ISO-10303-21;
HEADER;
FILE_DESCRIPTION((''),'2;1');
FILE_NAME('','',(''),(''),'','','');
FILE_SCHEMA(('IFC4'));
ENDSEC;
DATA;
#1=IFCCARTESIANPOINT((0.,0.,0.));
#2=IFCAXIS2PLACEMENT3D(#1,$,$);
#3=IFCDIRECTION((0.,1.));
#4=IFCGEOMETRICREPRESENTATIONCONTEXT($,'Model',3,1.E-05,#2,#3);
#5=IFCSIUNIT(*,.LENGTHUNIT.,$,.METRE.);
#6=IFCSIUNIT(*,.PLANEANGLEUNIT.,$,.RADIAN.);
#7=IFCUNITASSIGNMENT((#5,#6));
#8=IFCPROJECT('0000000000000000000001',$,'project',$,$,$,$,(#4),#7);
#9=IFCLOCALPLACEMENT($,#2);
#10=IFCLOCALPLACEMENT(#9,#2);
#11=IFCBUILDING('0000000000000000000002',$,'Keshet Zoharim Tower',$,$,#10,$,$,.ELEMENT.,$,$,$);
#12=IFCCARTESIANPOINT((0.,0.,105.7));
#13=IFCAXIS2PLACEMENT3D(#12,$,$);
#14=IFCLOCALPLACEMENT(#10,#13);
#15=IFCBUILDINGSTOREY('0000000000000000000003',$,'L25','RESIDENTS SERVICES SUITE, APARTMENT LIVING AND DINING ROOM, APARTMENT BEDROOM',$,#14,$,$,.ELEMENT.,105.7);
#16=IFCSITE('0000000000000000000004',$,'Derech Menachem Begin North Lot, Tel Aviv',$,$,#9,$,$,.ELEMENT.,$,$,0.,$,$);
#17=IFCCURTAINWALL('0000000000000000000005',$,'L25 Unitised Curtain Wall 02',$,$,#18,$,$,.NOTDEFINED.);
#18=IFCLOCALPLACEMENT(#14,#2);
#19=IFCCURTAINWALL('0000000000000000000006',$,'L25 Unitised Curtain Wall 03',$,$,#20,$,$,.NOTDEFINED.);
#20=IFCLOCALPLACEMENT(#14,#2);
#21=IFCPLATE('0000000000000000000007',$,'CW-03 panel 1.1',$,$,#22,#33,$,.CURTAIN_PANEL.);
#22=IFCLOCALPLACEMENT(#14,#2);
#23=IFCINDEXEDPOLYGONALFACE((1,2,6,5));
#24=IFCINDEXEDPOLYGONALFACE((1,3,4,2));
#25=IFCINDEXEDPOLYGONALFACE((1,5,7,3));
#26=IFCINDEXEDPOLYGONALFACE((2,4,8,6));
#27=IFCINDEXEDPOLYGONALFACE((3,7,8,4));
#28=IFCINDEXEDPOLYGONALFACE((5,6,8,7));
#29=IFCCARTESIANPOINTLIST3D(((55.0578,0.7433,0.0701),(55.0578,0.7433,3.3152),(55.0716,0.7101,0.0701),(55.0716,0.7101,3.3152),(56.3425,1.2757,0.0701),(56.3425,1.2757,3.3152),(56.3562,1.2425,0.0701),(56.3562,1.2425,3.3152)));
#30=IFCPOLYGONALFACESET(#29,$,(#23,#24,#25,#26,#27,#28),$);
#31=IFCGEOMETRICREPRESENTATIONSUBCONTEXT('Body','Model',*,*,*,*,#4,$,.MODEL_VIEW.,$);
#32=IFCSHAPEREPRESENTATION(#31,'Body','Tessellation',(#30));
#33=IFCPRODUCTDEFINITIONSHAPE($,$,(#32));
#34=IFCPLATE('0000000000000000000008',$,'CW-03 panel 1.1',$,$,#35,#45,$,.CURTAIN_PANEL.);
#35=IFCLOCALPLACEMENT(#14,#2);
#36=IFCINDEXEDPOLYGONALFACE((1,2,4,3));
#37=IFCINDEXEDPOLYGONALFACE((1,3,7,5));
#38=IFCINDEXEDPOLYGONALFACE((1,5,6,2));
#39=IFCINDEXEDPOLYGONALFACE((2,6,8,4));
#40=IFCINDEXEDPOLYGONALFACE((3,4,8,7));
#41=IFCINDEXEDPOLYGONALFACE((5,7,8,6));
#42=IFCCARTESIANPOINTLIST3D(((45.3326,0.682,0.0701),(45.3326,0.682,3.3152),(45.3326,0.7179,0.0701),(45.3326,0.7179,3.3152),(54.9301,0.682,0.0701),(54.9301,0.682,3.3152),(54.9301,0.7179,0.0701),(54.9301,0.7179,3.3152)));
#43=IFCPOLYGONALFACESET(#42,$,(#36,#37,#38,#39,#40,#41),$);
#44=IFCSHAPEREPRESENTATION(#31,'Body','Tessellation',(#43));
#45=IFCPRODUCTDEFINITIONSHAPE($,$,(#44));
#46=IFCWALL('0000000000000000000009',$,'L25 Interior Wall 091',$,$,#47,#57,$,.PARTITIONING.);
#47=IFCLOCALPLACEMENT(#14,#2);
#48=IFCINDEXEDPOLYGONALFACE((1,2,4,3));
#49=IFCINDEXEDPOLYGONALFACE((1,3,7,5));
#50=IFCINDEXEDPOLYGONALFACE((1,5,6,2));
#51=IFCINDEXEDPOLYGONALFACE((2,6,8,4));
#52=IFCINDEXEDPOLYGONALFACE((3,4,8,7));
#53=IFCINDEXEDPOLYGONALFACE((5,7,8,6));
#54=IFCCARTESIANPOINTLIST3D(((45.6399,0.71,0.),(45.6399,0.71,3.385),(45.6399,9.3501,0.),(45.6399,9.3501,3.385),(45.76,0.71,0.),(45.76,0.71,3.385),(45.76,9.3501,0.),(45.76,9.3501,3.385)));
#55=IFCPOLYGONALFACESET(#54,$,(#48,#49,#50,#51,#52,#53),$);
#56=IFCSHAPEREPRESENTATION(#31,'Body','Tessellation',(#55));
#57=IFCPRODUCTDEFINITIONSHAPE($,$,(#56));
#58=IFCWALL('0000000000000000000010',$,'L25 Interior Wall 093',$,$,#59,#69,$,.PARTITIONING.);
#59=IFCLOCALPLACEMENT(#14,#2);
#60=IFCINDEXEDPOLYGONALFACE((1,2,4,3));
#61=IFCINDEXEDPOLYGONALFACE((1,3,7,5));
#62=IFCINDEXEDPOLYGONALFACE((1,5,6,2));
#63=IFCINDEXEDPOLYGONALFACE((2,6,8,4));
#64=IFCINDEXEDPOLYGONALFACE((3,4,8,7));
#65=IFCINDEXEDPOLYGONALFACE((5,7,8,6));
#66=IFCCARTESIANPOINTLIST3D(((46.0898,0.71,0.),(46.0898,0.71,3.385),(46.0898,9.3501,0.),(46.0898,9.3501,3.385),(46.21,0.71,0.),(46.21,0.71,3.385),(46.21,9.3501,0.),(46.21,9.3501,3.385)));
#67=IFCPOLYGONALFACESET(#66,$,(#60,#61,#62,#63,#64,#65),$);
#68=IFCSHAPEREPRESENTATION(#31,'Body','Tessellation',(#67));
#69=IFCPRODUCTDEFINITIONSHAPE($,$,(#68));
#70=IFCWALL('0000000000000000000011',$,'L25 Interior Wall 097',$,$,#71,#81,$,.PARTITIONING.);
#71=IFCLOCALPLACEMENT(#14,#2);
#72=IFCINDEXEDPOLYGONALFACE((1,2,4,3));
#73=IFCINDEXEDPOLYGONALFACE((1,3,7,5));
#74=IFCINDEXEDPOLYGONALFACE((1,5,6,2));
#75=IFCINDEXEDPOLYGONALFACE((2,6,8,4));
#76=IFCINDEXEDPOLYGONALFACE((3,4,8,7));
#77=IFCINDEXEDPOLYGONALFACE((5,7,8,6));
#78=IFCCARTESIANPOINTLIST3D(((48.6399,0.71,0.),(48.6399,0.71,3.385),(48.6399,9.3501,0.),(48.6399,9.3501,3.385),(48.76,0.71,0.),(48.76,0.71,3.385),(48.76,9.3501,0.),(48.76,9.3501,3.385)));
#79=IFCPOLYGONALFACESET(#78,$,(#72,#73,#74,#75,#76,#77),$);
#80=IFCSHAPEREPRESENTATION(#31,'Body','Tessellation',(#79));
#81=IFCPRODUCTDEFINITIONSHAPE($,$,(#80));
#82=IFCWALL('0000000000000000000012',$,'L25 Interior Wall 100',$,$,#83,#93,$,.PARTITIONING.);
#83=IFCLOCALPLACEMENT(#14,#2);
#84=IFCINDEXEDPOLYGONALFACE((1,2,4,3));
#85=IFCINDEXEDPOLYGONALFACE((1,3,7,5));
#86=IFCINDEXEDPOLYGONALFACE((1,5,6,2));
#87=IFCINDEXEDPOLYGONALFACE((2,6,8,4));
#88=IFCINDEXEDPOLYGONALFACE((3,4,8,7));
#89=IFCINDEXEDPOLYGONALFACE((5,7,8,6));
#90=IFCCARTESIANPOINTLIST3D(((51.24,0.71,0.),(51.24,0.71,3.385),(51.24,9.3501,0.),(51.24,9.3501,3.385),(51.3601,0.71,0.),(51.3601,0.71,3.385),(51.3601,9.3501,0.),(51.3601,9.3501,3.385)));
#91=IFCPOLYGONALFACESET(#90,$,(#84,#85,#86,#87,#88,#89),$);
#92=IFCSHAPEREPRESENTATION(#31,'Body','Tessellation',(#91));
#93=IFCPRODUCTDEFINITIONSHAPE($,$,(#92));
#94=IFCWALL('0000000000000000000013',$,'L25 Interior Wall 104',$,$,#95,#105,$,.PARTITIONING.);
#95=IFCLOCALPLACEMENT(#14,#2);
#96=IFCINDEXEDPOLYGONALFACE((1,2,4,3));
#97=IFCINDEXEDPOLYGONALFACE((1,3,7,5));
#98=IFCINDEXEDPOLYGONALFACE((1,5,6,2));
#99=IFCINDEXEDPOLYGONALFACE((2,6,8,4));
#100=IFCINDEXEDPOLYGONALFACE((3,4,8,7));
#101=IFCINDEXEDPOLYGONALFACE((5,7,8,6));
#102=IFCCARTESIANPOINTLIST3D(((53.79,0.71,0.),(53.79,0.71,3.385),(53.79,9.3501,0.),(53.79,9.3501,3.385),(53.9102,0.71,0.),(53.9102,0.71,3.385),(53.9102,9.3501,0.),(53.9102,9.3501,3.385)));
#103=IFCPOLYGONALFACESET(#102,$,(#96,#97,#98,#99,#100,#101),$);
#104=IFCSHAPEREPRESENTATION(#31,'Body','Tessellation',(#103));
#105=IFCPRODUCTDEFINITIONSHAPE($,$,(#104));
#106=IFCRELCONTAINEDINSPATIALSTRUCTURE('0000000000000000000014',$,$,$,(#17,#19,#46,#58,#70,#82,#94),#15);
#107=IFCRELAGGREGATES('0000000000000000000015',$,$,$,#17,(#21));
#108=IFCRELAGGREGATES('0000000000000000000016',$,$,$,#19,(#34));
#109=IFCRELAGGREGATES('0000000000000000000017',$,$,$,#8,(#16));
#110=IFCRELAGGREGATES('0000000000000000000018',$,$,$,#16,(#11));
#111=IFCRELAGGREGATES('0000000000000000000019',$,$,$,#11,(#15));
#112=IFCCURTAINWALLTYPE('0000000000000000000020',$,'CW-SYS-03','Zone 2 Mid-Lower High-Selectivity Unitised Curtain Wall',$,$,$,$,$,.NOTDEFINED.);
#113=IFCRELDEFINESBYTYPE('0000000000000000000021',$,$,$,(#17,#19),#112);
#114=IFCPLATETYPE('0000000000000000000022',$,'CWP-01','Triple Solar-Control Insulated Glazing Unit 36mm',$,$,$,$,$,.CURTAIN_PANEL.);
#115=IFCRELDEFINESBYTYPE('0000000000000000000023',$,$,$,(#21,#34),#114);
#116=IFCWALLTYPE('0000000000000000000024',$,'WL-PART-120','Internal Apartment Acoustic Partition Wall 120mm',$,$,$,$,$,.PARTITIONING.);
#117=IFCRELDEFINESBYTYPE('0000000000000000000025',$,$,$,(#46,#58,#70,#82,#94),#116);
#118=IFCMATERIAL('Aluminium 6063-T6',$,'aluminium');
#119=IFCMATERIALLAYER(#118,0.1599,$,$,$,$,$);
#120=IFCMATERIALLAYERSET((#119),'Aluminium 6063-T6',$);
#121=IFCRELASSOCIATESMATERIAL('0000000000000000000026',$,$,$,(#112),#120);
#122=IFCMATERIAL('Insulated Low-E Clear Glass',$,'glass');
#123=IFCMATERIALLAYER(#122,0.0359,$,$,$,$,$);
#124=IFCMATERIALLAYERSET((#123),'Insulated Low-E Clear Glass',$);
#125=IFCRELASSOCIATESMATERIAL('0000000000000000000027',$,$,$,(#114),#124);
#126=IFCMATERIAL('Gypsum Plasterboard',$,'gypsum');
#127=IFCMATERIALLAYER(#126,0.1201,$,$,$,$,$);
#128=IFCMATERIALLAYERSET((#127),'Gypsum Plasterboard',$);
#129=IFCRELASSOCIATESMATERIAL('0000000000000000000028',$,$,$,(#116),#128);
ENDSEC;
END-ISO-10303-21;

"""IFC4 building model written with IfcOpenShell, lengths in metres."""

from ifc_helpers import new_model, si_unit, direction, frame, frame_2d, origin, origin_2d, place, context, subcontext, project, spatial, rectangle, extrude, material, layer, layer_set, type_object, element, aggregate, save


model = new_model("IFC4")

# Units and contexts
model_context = context("Model", 3, precision=1e-05, world=origin(), true_north=direction((0.0, 1.0)))
body_context = subcontext(model_context, "Body", "Model", "MODEL_VIEW")
ifc_project = project(units=[si_unit("LENGTHUNIT", "METRE"), si_unit("PLANEANGLEUNIT", "RADIAN")], contexts=[model_context])

# Site, building, storey
site_placement = place(None, origin())
site = spatial("IfcSite", under=ifc_project, at=site_placement, Name="Derech Menachem Begin North Lot, Tel Aviv", CompositionType="ELEMENT", RefElevation=0.0)
building_placement = place(site_placement, origin())
building = spatial("IfcBuilding", under=site, at=building_placement, Name="Keshet Zoharim Tower", CompositionType="ELEMENT")
storey_placement = place(building_placement, frame((0.0, 0.0, 105.7)))
storey = spatial("IfcBuildingStorey", under=building, at=storey_placement, Name="L25", Description="RESIDENTS SERVICES SUITE, APARTMENT LIVING AND DINING ROOM, APARTMENT BEDROOM", CompositionType="ELEMENT", Elevation=105.7)

# Curtain walls
ifc_material_1 = material(Name="Aluminium 6063-T6", Category="aluminium")
ifc_layer_1 = layer(ifc_material_1, 0.1599)
ifc_layer_set_1 = layer_set([ifc_layer_1], Name="Aluminium 6063-T6")
curtain_wall_type = type_object("IfcCurtainWallType", Name="CW-SYS-03", Description="Zone 2 Mid-Lower High-Selectivity Unitised Curtain Wall", PredefinedType="NOTDEFINED", material=ifc_layer_set_1)
curtain_wall_1_placement = place(storey_placement, origin())
curtain_wall_1 = element("IfcCurtainWall", 1, at=curtain_wall_1_placement, inside=storey, type_object=curtain_wall_type, Name="L25 Unitised Curtain Wall 02", PredefinedType="NOTDEFINED")
curtain_wall_2_placement = place(storey_placement, origin())
curtain_wall_2 = element("IfcCurtainWall", 2, at=curtain_wall_2_placement, inside=storey, type_object=curtain_wall_type, Name="L25 Unitised Curtain Wall 03", PredefinedType="NOTDEFINED")

# Plates
ifc_material_2 = material(Name="Insulated Low-E Clear Glass", Category="glass")
ifc_layer_2 = layer(ifc_material_2, 0.0359)
ifc_layer_set_2 = layer_set([ifc_layer_2], Name="Insulated Low-E Clear Glass")
plate_type = type_object("IfcPlateType", Name="CWP-01", Description="Triple Solar-Control Insulated Glazing Unit 36mm", PredefinedType="CURTAIN_PANEL", material=ifc_layer_set_2)
plate_1_placement = place(storey_placement, frame((55.707, 0.9929, 0.0701), z_axis=(0.0, 0.0, 1.0), x_axis=(-0.92381, -0.382852, 0.0)))
plate_1 = element("IfcPlate", 3, at=plate_1_placement, type_object=plate_type, Name="CW-03 panel 1.1", PredefinedType="CURTAIN_PANEL", context=body_context, shape_type="SweptSolid", body=[
    extrude(rectangle(XDim=1.3906, YDim=0.0359, at=origin_2d()), origin(), (0.0, 0.0, 1.0), 3.2451),
])
aggregate(curtain_wall_1, [plate_1])
plate_2_placement = place(storey_placement, frame((50.1313, 0.7, 0.0701), z_axis=(0.0, 0.0, 1.0), x_axis=(-1.0, 0.0, 0.0)))
plate_2 = element("IfcPlate", 4, at=plate_2_placement, type_object=plate_type, Name="CW-03 panel 1.1", PredefinedType="CURTAIN_PANEL", context=body_context, shape_type="SweptSolid", body=[
    extrude(rectangle(XDim=9.5974, YDim=0.0359, at=origin_2d()), origin(), (0.0, 0.0, 1.0), 3.2451),
])
aggregate(curtain_wall_2, [plate_2])

# Walls
ifc_material_3 = material(Name="Gypsum Plasterboard", Category="gypsum")
ifc_layer_3 = layer(ifc_material_3, 0.1201)
ifc_layer_set_3 = layer_set([ifc_layer_3], Name="Gypsum Plasterboard")
wall_type = type_object("IfcWallType", Name="WL-PART-120", Description="Internal Apartment Acoustic Partition Wall 120mm", PredefinedType="PARTITIONING", material=ifc_layer_set_3)
for number, where, z_axis, x_axis, name in (
    (5, (45.7, 0.71, 0.0), (0.0, 0.0, 1.0), (0.0, 1.0, 0.0), "L25 Interior Wall 091"),
    (6, (46.1499, 0.71, 0.0), (0.0, 0.0, 1.0), (0.0, 1.0, 0.0), "L25 Interior Wall 093"),
    (7, (48.7, 0.71, 0.0), (0.0, 0.0, 1.0), (0.0, 1.0, 0.0), "L25 Interior Wall 097"),
    (8, (51.3, 0.71, 0.0), (0.0, 0.0, 1.0), (0.0, 1.0, 0.0), "L25 Interior Wall 100"),
    (9, (53.8501, 0.71, 0.0), (0.0, 0.0, 1.0), (0.0, 1.0, 0.0), "L25 Interior Wall 104"),
):
    element("IfcWall", number, at=place(storey_placement, frame(where, z_axis=z_axis, x_axis=x_axis)), inside=storey, type_object=wall_type, Name=name, PredefinedType="PARTITIONING", context=body_context, shape_type="SweptSolid", body=[
        extrude(rectangle(XDim=8.6401, YDim=0.1201, at=frame_2d((4.3201, 0.0))), origin(), (0.0, 0.0, 1.0), 3.385),
    ])

save(model, "model.ifc")
